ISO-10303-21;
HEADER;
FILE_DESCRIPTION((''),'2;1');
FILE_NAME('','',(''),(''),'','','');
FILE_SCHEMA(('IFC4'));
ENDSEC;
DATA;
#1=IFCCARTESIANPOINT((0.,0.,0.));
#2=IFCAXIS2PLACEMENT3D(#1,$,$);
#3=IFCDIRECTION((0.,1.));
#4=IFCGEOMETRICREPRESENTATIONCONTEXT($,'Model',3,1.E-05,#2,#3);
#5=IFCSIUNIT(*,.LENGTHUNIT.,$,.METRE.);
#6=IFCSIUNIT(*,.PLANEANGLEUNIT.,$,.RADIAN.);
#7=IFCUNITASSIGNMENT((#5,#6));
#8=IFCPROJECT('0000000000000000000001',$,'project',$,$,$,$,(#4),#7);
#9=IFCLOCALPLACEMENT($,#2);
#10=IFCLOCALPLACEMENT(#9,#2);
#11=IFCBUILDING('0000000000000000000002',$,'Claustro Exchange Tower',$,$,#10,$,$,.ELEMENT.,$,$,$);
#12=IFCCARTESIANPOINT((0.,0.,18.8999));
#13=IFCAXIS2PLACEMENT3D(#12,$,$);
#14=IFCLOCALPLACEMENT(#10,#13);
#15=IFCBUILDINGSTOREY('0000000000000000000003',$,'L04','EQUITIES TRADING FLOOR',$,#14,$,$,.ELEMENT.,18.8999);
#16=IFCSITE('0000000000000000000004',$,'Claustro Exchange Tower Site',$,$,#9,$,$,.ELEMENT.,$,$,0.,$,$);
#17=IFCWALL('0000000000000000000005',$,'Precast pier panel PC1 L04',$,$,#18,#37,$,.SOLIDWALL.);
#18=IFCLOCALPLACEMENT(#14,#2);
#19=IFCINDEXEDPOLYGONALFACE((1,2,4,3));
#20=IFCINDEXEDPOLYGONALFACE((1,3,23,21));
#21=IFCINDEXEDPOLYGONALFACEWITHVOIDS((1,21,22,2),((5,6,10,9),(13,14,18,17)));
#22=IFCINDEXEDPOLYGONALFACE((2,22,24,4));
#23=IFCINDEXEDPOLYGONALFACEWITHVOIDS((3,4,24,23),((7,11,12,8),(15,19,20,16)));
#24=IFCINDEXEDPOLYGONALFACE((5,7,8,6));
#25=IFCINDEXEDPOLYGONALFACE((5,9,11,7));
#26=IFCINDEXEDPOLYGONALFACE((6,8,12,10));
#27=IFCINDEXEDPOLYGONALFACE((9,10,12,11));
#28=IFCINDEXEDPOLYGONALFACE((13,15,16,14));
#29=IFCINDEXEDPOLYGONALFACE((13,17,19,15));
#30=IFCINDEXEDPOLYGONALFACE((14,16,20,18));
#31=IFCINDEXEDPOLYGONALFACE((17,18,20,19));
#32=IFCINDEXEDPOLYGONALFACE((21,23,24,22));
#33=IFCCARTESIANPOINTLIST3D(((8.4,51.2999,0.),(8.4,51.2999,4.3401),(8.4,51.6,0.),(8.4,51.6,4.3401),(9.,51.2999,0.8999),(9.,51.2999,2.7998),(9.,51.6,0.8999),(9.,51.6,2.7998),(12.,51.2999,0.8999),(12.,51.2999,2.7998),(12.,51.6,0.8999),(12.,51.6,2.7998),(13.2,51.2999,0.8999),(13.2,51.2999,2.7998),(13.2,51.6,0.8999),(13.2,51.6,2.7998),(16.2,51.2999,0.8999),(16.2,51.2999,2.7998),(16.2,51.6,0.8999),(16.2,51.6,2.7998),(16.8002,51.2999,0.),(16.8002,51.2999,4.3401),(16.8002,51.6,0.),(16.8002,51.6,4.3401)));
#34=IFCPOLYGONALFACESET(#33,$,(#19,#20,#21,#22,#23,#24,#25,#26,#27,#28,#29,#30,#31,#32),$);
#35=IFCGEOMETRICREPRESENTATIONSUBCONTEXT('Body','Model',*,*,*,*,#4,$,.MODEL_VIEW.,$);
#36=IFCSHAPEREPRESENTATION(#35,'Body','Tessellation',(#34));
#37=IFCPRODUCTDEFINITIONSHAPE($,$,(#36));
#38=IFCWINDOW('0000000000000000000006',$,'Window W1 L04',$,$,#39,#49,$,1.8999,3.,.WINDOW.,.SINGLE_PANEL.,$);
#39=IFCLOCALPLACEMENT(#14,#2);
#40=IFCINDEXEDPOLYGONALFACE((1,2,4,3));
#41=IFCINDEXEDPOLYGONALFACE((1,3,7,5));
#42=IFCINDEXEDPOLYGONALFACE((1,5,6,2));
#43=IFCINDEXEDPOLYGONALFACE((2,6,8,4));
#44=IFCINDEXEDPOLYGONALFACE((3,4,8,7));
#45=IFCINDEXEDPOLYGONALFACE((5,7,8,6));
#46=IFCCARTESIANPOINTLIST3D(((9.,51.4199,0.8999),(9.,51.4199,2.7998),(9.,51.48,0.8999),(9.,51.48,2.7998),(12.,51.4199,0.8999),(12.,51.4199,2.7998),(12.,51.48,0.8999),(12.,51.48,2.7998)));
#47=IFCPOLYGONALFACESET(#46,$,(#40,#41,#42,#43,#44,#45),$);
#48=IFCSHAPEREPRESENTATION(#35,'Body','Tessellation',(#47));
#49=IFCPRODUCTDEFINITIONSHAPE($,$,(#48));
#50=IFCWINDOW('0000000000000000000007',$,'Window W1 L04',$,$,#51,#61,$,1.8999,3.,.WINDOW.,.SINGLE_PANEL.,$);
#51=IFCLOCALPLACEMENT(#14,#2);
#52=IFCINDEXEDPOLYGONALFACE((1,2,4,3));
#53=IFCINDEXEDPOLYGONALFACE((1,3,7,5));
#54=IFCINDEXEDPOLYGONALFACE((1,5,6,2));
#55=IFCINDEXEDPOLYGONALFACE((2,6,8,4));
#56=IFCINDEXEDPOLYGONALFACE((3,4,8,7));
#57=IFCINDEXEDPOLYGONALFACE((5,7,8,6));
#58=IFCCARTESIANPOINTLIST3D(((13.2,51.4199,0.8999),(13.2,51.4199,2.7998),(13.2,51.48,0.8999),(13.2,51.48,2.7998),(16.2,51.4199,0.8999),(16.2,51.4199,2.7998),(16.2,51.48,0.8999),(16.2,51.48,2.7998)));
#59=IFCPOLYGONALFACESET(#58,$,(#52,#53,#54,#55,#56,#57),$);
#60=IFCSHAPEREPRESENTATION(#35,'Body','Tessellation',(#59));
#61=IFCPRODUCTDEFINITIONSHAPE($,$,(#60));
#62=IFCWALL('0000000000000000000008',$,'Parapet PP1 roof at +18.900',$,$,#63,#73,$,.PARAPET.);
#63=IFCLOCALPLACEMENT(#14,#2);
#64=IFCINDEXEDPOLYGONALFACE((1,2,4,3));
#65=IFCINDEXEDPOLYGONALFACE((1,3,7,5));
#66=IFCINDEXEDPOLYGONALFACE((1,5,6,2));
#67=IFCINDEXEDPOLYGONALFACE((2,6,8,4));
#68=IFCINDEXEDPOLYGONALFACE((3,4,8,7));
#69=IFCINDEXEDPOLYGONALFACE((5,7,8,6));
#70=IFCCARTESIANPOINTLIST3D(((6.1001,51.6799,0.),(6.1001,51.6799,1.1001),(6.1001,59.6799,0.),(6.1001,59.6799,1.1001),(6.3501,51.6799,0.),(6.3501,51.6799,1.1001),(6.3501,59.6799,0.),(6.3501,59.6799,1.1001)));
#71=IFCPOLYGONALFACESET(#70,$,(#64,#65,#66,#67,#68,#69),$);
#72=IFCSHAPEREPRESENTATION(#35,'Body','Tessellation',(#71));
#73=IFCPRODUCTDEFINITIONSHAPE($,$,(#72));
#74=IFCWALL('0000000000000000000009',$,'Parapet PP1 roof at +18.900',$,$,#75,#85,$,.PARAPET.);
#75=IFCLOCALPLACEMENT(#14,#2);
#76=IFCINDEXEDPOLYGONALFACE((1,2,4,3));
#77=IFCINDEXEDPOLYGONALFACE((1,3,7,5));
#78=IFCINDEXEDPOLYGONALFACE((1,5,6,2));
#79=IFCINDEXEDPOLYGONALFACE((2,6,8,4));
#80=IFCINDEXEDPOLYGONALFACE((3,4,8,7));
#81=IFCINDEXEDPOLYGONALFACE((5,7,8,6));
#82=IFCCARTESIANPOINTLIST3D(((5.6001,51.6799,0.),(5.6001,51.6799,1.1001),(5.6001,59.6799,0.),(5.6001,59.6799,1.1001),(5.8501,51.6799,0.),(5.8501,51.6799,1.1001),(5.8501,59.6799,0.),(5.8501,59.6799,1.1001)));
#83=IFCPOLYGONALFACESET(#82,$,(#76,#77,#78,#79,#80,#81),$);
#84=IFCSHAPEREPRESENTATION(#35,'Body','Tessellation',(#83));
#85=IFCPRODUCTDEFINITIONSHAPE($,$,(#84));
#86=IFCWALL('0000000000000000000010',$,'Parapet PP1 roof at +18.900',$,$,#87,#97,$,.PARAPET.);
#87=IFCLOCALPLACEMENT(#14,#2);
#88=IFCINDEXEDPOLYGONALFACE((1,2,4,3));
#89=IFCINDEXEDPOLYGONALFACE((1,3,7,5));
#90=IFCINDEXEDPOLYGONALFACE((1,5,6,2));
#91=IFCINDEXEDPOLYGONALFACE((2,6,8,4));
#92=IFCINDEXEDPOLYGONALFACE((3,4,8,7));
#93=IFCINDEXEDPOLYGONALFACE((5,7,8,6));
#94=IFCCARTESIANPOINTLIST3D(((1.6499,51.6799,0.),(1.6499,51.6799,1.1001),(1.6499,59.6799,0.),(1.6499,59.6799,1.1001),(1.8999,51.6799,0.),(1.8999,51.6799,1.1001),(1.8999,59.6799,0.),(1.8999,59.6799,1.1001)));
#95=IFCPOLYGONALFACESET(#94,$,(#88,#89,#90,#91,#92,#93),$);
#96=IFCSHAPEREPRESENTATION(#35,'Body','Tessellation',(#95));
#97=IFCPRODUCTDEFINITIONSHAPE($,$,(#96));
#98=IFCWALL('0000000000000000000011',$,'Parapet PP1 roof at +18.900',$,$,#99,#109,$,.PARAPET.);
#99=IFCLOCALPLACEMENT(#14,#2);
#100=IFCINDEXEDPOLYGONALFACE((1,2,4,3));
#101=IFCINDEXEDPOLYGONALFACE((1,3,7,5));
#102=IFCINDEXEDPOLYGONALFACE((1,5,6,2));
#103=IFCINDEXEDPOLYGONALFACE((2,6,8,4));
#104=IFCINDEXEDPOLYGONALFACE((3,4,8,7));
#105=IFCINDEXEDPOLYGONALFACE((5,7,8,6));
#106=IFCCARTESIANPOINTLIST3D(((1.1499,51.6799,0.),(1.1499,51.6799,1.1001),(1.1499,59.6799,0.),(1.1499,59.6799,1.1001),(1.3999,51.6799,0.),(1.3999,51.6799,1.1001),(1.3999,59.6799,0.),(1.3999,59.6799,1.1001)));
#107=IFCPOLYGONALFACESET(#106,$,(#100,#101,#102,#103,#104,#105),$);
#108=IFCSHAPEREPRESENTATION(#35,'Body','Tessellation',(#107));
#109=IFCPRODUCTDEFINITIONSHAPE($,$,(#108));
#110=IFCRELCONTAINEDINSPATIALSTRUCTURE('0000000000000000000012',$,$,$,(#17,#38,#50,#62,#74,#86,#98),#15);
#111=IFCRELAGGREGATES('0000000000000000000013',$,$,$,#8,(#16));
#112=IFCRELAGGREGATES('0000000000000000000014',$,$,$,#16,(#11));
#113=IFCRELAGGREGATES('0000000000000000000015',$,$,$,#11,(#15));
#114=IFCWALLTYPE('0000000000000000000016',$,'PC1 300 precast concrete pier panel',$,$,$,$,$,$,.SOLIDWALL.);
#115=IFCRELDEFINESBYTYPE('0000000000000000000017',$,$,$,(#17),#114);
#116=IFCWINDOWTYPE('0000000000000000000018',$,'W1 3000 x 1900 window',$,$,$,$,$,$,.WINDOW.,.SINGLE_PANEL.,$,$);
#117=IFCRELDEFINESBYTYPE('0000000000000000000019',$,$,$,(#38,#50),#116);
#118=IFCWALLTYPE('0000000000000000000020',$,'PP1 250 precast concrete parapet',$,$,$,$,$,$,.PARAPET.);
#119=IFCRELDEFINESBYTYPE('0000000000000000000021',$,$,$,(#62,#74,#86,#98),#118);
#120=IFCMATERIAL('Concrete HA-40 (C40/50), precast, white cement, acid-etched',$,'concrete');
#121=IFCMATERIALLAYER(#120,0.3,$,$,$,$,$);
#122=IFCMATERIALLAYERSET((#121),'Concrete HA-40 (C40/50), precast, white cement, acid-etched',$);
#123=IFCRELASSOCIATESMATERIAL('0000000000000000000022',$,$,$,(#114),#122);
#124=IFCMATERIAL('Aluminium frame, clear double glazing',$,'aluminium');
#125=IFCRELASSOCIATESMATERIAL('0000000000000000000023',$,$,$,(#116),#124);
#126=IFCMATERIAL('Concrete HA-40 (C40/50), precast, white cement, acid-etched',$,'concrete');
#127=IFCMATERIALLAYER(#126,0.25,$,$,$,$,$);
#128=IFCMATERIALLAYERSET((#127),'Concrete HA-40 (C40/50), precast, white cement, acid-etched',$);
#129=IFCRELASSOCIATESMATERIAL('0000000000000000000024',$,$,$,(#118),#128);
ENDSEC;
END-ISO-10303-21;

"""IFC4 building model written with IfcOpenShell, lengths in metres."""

from ifc_helpers import new_model, si_unit, direction, frame, frame_2d, origin, place, context, subcontext, project, spatial, rectangle, extrude, material, layer, layer_set, type_object, element, fill, save


model = new_model("IFC4")

# Units and contexts
model_context = context("Model", 3, precision=1e-05, world=origin(), true_north=direction((0.0, 1.0)))
body_context = subcontext(model_context, "Body", "Model", "MODEL_VIEW")
ifc_project = project(units=[si_unit("LENGTHUNIT", "METRE"), si_unit("PLANEANGLEUNIT", "RADIAN")], contexts=[model_context])

# Site, building, storey
site_placement = place(None, origin())
site = spatial("IfcSite", under=ifc_project, at=site_placement, Name="Claustro Exchange Tower Site", CompositionType="ELEMENT", RefElevation=0.0)
building_placement = place(site_placement, origin())
building = spatial("IfcBuilding", under=site, at=building_placement, Name="Claustro Exchange Tower", CompositionType="ELEMENT")
storey_placement = place(building_placement, frame((0.0, 0.0, 18.8999)))
storey = spatial("IfcBuildingStorey", under=building, at=storey_placement, Name="L04", Description="EQUITIES TRADING FLOOR", CompositionType="ELEMENT", Elevation=18.8999)

# Wall, openings, windows
ifc_material_1 = material(Name="Concrete HA-40 (C40/50), precast, white cement, acid-etched", Category="concrete")
ifc_layer_1 = layer(ifc_material_1, 0.3)
ifc_layer_set_1 = layer_set([ifc_layer_1], Name="Concrete HA-40 (C40/50), precast, white cement, acid-etched")
wall_type_1 = type_object("IfcWallType", Name="PC1 300 precast concrete pier panel", PredefinedType="SOLIDWALL", material=ifc_layer_set_1)
wall_1_placement = place(storey_placement, frame((8.3999, 51.45, 0.0), z_axis=(0.0, 0.0, 1.0), x_axis=(1.0, 0.0, 0.0)))
wall_1 = element("IfcWall", 1, at=wall_1_placement, inside=storey, type_object=wall_type_1, Name="Precast pier panel PC1 L04", PredefinedType="SOLIDWALL", context=body_context, shape_type="SweptSolid", body=[
    extrude(rectangle(XDim=8.4001, YDim=0.3, at=frame_2d((4.2002, 0.0))), origin(), (0.0, 0.0, 1.0), 4.3401),
])
opening_1_placement = place(wall_1_placement, frame((0.6001, 0.0, 0.8999)))
opening_1 = element("IfcOpeningElement", 2, at=opening_1_placement, cuts=wall_1, PredefinedType="OPENING", context=body_context, shape_type="SweptSolid", body=[
    extrude(rectangle(XDim=3.0, YDim=1.8999, at=frame_2d((1.5, 0.95))), frame((0.0, 0.1599, 0.0), z_axis=(0.0, -1.0, 0.0), x_axis=(1.0, 0.0, 0.0)), (0.0, 0.0, 1.0), 0.3201),
])
opening_2_placement = place(wall_1_placement, frame((4.8, 0.0, 0.8999)))
opening_2 = element("IfcOpeningElement", 3, at=opening_2_placement, cuts=wall_1, PredefinedType="OPENING", context=body_context, shape_type="SweptSolid", body=[
    extrude(rectangle(XDim=3.0, YDim=1.8999, at=frame_2d((1.5, 0.95))), frame((0.0, 0.1599, 0.0), z_axis=(0.0, -1.0, 0.0), x_axis=(1.0, 0.0, 0.0)), (0.0, 0.0, 1.0), 0.3201),
])
ifc_material_2 = material(Name="Aluminium frame, clear double glazing", Category="aluminium")
window_type = type_object("IfcWindowType", Name="W1 3000 x 1900 window", PartitioningType="SINGLE_PANEL", PredefinedType="WINDOW", material=ifc_material_2)
window_1_placement = place(opening_1_placement, origin())
window_1 = element("IfcWindow", 4, at=window_1_placement, inside=storey, type_object=window_type, Name="Window W1 L04", OverallHeight=1.8999, OverallWidth=3.0, PartitioningType="SINGLE_PANEL", PredefinedType="WINDOW", context=body_context, shape_type="SweptSolid", body=[
    extrude(rectangle(XDim=3.0, YDim=1.8999, at=frame_2d((1.5, 0.95))), frame((0.0, 0.03, 0.0), z_axis=(0.0, -1.0, 0.0), x_axis=(1.0, 0.0, 0.0)), (0.0, 0.0, 1.0), 0.0601),
])
fill(opening_1, window_1)
window_2_placement = place(opening_2_placement, origin())
window_2 = element("IfcWindow", 5, at=window_2_placement, inside=storey, type_object=window_type, Name="Window W1 L04", OverallHeight=1.8999, OverallWidth=3.0, PartitioningType="SINGLE_PANEL", PredefinedType="WINDOW", context=body_context, shape_type="SweptSolid", body=[
    extrude(rectangle(XDim=3.0, YDim=1.8999, at=frame_2d((1.5, 0.95))), frame((0.0, 0.03, 0.0), z_axis=(0.0, -1.0, 0.0), x_axis=(1.0, 0.0, 0.0)), (0.0, 0.0, 1.0), 0.0601),
])
fill(opening_2, window_2)

# Walls
ifc_material_3 = material(Name="Concrete HA-40 (C40/50), precast, white cement, acid-etched", Category="concrete")
ifc_layer_2 = layer(ifc_material_3, 0.25)
ifc_layer_set_2 = layer_set([ifc_layer_2], Name="Concrete HA-40 (C40/50), precast, white cement, acid-etched")
wall_type_2 = type_object("IfcWallType", Name="PP1 250 precast concrete parapet", PredefinedType="PARAPET", material=ifc_layer_set_2)
for number, where, z_axis, x_axis, name in (
    (6, (6.2251, 51.6799, 0.0), (0.0, 0.0, 1.0), (0.0, 1.0, 0.0), "Parapet PP1 roof at +18.900"),
    (7, (5.7251, 59.6799, 0.0), (0.0, 0.0, 1.0), (0.0, -1.0, 0.0), "Parapet PP1 roof at +18.900"),
    (8, (1.7749, 51.6799, 0.0), (0.0, 0.0, 1.0), (0.0, 1.0, 0.0), "Parapet PP1 roof at +18.900"),
    (9, (1.2749, 59.6799, 0.0), (0.0, 0.0, 1.0), (0.0, -1.0, 0.0), "Parapet PP1 roof at +18.900"),
):
    element("IfcWall", number, at=place(storey_placement, frame(where, z_axis=z_axis, x_axis=x_axis)), inside=storey, type_object=wall_type_2, Name=name, PredefinedType="PARAPET", context=body_context, shape_type="SweptSolid", body=[
        extrude(rectangle(XDim=8.0, YDim=0.25, at=frame_2d((4.0, 0.0))), origin(), (0.0, 0.0, 1.0), 1.1001),
    ])

save(model, "model.ifc")
